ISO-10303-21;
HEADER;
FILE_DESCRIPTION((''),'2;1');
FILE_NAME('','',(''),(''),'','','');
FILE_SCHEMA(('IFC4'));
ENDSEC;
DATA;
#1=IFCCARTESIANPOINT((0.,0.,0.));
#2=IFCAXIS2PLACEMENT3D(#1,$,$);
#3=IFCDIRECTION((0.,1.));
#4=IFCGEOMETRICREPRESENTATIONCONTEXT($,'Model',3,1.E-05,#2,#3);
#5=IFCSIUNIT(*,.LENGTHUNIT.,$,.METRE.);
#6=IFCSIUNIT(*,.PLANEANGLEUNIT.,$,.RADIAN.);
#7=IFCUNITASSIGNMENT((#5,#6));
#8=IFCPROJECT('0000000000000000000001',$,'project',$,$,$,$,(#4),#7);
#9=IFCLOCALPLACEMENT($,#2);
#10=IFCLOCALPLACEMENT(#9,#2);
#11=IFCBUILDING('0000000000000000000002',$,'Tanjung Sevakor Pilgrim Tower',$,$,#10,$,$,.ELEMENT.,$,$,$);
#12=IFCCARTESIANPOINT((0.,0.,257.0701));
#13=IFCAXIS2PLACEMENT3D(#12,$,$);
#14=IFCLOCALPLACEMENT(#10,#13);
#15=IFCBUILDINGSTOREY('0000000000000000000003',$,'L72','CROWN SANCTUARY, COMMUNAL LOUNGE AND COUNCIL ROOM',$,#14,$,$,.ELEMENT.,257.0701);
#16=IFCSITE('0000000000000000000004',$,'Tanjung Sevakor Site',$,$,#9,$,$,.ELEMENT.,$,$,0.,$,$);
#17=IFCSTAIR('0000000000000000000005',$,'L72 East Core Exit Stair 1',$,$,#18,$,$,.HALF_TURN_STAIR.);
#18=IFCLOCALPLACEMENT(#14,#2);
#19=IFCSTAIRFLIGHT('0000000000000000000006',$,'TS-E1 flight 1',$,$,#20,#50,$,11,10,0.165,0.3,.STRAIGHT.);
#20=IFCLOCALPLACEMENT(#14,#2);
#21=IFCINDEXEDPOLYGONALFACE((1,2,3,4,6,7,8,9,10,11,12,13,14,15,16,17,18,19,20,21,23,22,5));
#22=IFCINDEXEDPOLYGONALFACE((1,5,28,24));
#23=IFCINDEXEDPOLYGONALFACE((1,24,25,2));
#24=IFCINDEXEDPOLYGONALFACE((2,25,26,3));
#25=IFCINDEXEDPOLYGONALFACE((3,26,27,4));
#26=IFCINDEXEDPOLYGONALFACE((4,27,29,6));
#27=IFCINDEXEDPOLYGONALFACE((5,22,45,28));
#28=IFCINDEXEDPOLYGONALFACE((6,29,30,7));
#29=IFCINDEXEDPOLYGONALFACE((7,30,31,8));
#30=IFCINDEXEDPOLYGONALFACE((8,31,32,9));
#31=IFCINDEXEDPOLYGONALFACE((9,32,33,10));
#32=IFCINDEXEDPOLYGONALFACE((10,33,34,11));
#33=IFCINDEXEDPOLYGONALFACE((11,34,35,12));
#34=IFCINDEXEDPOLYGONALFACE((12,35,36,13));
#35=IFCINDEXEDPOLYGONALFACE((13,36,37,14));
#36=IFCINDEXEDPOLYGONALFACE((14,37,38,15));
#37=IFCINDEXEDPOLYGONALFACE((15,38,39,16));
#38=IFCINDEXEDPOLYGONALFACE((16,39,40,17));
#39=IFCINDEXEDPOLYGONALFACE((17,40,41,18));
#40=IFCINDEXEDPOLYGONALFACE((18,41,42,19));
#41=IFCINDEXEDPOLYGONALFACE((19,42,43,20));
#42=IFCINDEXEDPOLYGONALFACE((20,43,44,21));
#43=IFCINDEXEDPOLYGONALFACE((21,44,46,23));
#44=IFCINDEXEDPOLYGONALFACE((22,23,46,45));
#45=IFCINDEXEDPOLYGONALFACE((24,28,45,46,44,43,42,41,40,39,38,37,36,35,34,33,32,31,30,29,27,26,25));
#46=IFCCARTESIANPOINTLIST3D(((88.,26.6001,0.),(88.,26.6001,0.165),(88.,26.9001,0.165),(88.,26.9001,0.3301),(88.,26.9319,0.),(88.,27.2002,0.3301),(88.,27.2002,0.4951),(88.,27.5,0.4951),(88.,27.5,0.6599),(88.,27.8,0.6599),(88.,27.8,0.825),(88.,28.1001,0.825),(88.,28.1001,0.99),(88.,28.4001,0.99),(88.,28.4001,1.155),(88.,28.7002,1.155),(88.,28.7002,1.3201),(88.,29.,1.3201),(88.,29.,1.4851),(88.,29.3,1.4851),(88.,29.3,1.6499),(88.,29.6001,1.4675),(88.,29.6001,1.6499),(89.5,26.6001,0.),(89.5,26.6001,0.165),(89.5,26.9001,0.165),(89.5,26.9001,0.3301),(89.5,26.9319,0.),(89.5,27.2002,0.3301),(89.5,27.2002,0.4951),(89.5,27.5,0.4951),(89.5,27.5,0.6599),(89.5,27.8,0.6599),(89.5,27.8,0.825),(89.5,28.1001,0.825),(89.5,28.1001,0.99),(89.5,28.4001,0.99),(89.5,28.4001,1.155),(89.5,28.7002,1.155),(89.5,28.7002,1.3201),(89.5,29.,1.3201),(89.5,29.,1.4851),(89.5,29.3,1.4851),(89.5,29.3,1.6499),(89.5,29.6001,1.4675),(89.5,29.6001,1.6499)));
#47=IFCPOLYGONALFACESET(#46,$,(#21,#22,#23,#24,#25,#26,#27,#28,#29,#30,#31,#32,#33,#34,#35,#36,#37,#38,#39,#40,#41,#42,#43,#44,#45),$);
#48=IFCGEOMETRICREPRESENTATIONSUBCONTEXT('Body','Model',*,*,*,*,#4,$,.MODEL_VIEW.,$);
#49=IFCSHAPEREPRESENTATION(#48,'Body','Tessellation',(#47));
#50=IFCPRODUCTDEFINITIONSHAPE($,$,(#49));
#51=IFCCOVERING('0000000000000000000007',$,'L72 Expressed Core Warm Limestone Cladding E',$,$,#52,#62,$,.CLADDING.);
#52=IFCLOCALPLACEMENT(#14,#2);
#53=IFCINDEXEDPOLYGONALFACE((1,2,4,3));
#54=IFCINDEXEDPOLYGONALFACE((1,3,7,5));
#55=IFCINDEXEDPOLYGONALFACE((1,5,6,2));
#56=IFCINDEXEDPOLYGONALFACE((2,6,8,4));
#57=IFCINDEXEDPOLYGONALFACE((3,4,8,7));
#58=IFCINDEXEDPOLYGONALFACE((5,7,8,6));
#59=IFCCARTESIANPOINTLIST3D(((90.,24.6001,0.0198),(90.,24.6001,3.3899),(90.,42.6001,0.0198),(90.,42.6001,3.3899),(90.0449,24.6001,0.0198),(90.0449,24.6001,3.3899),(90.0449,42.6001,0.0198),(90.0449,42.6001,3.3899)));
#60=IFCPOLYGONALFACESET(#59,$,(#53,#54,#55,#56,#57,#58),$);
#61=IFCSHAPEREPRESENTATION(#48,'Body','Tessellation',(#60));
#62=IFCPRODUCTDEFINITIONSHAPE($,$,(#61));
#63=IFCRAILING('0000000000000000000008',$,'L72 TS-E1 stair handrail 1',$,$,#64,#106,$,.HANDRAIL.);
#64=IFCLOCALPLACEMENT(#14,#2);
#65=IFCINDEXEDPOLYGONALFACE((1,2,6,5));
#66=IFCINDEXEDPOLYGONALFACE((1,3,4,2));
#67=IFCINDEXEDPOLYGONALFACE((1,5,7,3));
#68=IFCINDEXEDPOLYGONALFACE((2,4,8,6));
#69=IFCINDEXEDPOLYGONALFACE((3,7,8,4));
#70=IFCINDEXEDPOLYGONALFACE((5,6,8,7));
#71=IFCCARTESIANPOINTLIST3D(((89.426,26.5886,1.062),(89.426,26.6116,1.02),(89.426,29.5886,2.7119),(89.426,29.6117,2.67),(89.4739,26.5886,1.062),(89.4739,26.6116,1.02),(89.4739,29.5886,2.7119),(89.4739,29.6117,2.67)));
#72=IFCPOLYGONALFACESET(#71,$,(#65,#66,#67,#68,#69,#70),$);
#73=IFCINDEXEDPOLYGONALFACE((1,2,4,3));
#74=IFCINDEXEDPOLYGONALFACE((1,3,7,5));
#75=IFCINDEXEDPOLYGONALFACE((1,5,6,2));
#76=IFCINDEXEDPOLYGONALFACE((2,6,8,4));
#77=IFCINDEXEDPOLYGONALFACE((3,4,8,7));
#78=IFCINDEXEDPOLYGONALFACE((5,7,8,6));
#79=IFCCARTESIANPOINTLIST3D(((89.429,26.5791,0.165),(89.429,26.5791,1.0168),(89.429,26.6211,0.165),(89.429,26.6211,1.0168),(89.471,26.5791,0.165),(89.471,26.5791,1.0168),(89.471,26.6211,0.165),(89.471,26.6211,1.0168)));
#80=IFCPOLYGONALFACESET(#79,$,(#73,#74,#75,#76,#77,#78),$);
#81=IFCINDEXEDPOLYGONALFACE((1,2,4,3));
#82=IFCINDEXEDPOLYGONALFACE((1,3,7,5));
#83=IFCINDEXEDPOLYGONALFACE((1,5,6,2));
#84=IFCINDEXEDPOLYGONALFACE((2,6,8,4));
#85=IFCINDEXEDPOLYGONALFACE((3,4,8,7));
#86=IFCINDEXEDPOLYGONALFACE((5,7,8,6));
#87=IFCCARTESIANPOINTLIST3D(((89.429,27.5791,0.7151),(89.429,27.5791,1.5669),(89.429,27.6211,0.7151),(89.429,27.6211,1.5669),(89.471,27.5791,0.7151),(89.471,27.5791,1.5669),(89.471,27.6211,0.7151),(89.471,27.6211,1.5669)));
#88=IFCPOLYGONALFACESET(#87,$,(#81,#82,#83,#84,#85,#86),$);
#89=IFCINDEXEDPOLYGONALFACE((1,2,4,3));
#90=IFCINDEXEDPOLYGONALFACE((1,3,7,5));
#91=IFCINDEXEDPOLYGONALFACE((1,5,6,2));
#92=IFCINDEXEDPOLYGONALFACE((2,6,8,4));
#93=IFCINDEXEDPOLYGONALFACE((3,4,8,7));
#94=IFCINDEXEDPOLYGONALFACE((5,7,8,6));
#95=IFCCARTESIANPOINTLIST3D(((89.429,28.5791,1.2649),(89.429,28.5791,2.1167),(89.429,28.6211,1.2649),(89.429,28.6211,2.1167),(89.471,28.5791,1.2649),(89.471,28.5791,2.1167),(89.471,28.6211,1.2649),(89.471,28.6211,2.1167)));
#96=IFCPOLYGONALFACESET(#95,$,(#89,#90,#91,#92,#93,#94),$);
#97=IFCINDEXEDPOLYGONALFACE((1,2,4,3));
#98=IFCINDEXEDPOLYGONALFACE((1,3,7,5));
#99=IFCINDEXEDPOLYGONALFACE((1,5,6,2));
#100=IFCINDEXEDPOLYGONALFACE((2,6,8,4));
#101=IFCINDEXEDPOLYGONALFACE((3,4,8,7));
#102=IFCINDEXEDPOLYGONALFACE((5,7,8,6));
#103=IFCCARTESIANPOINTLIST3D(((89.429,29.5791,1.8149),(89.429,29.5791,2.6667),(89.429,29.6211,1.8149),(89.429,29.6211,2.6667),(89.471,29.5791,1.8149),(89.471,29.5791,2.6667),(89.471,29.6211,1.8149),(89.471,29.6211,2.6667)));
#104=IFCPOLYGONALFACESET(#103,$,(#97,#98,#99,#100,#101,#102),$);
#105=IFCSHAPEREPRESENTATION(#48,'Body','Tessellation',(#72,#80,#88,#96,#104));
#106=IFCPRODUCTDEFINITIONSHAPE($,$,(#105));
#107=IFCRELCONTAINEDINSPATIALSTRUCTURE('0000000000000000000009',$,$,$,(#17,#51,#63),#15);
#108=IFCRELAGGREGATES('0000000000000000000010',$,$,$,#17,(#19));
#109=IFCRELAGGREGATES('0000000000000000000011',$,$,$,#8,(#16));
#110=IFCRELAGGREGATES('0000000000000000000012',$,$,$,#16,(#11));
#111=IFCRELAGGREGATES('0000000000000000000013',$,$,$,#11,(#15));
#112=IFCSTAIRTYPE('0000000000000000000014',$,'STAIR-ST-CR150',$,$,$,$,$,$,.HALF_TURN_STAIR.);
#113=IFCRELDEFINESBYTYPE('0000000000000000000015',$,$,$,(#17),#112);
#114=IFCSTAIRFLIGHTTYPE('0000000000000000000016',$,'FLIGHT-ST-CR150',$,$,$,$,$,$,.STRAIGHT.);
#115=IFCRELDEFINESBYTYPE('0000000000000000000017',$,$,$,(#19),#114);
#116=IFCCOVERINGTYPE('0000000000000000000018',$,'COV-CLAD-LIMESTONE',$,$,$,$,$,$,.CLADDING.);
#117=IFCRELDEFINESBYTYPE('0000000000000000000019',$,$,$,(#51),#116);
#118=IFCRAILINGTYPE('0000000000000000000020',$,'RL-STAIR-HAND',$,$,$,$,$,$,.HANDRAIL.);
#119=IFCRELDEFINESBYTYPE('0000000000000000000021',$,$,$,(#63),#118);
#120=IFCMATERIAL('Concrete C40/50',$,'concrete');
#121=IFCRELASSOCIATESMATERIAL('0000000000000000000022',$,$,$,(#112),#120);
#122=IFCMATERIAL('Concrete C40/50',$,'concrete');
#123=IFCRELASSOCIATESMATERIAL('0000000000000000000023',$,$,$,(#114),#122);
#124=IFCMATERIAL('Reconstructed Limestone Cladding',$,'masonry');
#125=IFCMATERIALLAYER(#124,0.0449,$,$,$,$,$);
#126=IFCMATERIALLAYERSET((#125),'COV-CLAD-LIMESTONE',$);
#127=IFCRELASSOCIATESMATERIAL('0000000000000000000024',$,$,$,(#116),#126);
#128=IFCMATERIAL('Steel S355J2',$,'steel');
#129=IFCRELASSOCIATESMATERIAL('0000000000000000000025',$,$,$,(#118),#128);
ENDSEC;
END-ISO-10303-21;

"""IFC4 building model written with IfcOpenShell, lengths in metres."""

from ifc_helpers import new_model, si_unit, direction, frame, origin, origin_2d, place, context, subcontext, project, spatial, polyline, rectangle, outline, extrude, material, layer, layer_set, type_object, element, aggregate, save


model = new_model("IFC4")

# Units and contexts
model_context = context("Model", 3, precision=1e-05, world=origin(), true_north=direction((0.0, 1.0)))
body_context = subcontext(model_context, "Body", "Model", "MODEL_VIEW")
ifc_project = project(units=[si_unit("LENGTHUNIT", "METRE"), si_unit("PLANEANGLEUNIT", "RADIAN")], contexts=[model_context])

# Site, building, storey
site_placement = place(None, origin())
site = spatial("IfcSite", under=ifc_project, at=site_placement, Name="Tanjung Sevakor Site", CompositionType="ELEMENT", RefElevation=0.0)
building_placement = place(site_placement, origin())
building = spatial("IfcBuilding", under=site, at=building_placement, Name="Tanjung Sevakor Pilgrim Tower", CompositionType="ELEMENT")
storey_placement = place(building_placement, frame((0.0, 0.0, 257.0701)))
storey = spatial("IfcBuildingStorey", under=building, at=storey_placement, Name="L72", Description="CROWN SANCTUARY, COMMUNAL LOUNGE AND COUNCIL ROOM", CompositionType="ELEMENT", Elevation=257.0701)

# Stair, stair flight
ifc_material_1 = material(Name="Concrete C40/50", Category="concrete")
stair_type = type_object("IfcStairType", Name="STAIR-ST-CR150", PredefinedType="HALF_TURN_STAIR", material=ifc_material_1)
stair_placement = place(storey_placement, origin())
stair = element("IfcStair", 1, at=stair_placement, inside=storey, type_object=stair_type, Name="L72 East Core Exit Stair 1", PredefinedType="HALF_TURN_STAIR")
ifc_material_2 = material(Name="Concrete C40/50", Category="concrete")
stair_flight_type = type_object("IfcStairFlightType", Name="FLIGHT-ST-CR150", PredefinedType="STRAIGHT", material=ifc_material_2)
stair_flight_placement = place(storey_placement, frame((88.75, 26.6001, 0.0), z_axis=(0.0, 0.0, 1.0), x_axis=(0.0, 1.0, 0.0)))
stair_flight = element("IfcStairFlight", 2, at=stair_flight_placement, type_object=stair_flight_type, Name="TS-E1 flight 1", NumberOfRisers=11, NumberOfTreads=10, PredefinedType="STRAIGHT", RiserHeight=0.165, TreadLength=0.3, context=body_context, shape_type="SweptSolid", body=[
    extrude(outline(polyline([(0.0, 0.0), (0.0, 0.165), (0.3, 0.165), (0.3, 0.3301), (0.6001, 0.3301), (0.6001, 0.4951), (0.8999, 0.4951), (0.8999, 0.6599), (1.2, 0.6599), (1.2, 0.825), (1.5, 0.825), (1.5, 0.99), (1.8, 0.99), (1.8, 1.155), (2.1001, 1.155), (2.1001, 1.3201), (2.3999, 1.3201), (2.3999, 1.4851), (2.7, 1.4851), (2.7, 1.6499), (3.0, 1.6499), (3.0, 1.8149), (3.0, 1.4675), (0.3318, 0.0), (0.0, 0.0)])), frame((0.0, 0.75, 0.0), z_axis=(0.0, -1.0, 0.0), x_axis=(1.0, 0.0, 0.0)), (0.0, 0.0, 1.0), 1.5),
])
aggregate(stair, [stair_flight])

# Covering
ifc_material_3 = material(Name="Reconstructed Limestone Cladding", Category="masonry")
ifc_layer_1 = layer(ifc_material_3, 0.0449)
ifc_layer_set_1 = layer_set([ifc_layer_1], Name="COV-CLAD-LIMESTONE")
covering_type = type_object("IfcCoveringType", Name="COV-CLAD-LIMESTONE", PredefinedType="CLADDING", material=ifc_layer_set_1)
covering_placement = place(storey_placement, frame((90.0225, 33.6001, 0.0198), z_axis=(0.0, 0.0, 1.0), x_axis=(1.0, 0.0, 0.0)))
element("IfcCovering", 3, at=covering_placement, inside=storey, type_object=covering_type, Name="L72 Expressed Core Warm Limestone Cladding E", PredefinedType="CLADDING", context=body_context, shape_type="SweptSolid", body=[
    extrude(rectangle(XDim=0.0449, YDim=18.0, at=origin_2d()), origin(), (0.0, 0.0, 1.0), 3.3701),
])

# Railing
ifc_material_4 = material(Name="Steel S355J2", Category="steel")
railing_type = type_object("IfcRailingType", Name="RL-STAIR-HAND", PredefinedType="HANDRAIL", material=ifc_material_4)
railing_placement = place(storey_placement, frame((89.45, 26.6001, 0.165)))
element("IfcRailing", 4, at=railing_placement, inside=storey, type_object=railing_type, Name="L72 TS-E1 stair handrail 1", PredefinedType="HANDRAIL", context=body_context, shape_type="SweptSolid", body=[
    extrude(rectangle(XDim=0.0479, YDim=0.0479), frame((0.0, 0.0, 0.876), z_axis=(0.0, 0.876228, 0.481897), x_axis=(-1.0, 0.0, 0.0)), (0.0, 0.0, 1.0), 3.4238),
    extrude(rectangle(XDim=0.042, YDim=0.042), origin(), (0.0, 0.0, 1.0), 0.8518),
    extrude(rectangle(XDim=0.042, YDim=0.042), frame((0.0, 1.0, 0.55)), (0.0, 0.0, 1.0), 0.8518),
    extrude(rectangle(XDim=0.042, YDim=0.042), frame((0.0, 2.0, 1.0999)), (0.0, 0.0, 1.0), 0.8518),
    extrude(rectangle(XDim=0.042, YDim=0.042), frame((0.0, 3.0, 1.6499)), (0.0, 0.0, 1.0), 0.8518),
])

save(model, "model.ifc")
